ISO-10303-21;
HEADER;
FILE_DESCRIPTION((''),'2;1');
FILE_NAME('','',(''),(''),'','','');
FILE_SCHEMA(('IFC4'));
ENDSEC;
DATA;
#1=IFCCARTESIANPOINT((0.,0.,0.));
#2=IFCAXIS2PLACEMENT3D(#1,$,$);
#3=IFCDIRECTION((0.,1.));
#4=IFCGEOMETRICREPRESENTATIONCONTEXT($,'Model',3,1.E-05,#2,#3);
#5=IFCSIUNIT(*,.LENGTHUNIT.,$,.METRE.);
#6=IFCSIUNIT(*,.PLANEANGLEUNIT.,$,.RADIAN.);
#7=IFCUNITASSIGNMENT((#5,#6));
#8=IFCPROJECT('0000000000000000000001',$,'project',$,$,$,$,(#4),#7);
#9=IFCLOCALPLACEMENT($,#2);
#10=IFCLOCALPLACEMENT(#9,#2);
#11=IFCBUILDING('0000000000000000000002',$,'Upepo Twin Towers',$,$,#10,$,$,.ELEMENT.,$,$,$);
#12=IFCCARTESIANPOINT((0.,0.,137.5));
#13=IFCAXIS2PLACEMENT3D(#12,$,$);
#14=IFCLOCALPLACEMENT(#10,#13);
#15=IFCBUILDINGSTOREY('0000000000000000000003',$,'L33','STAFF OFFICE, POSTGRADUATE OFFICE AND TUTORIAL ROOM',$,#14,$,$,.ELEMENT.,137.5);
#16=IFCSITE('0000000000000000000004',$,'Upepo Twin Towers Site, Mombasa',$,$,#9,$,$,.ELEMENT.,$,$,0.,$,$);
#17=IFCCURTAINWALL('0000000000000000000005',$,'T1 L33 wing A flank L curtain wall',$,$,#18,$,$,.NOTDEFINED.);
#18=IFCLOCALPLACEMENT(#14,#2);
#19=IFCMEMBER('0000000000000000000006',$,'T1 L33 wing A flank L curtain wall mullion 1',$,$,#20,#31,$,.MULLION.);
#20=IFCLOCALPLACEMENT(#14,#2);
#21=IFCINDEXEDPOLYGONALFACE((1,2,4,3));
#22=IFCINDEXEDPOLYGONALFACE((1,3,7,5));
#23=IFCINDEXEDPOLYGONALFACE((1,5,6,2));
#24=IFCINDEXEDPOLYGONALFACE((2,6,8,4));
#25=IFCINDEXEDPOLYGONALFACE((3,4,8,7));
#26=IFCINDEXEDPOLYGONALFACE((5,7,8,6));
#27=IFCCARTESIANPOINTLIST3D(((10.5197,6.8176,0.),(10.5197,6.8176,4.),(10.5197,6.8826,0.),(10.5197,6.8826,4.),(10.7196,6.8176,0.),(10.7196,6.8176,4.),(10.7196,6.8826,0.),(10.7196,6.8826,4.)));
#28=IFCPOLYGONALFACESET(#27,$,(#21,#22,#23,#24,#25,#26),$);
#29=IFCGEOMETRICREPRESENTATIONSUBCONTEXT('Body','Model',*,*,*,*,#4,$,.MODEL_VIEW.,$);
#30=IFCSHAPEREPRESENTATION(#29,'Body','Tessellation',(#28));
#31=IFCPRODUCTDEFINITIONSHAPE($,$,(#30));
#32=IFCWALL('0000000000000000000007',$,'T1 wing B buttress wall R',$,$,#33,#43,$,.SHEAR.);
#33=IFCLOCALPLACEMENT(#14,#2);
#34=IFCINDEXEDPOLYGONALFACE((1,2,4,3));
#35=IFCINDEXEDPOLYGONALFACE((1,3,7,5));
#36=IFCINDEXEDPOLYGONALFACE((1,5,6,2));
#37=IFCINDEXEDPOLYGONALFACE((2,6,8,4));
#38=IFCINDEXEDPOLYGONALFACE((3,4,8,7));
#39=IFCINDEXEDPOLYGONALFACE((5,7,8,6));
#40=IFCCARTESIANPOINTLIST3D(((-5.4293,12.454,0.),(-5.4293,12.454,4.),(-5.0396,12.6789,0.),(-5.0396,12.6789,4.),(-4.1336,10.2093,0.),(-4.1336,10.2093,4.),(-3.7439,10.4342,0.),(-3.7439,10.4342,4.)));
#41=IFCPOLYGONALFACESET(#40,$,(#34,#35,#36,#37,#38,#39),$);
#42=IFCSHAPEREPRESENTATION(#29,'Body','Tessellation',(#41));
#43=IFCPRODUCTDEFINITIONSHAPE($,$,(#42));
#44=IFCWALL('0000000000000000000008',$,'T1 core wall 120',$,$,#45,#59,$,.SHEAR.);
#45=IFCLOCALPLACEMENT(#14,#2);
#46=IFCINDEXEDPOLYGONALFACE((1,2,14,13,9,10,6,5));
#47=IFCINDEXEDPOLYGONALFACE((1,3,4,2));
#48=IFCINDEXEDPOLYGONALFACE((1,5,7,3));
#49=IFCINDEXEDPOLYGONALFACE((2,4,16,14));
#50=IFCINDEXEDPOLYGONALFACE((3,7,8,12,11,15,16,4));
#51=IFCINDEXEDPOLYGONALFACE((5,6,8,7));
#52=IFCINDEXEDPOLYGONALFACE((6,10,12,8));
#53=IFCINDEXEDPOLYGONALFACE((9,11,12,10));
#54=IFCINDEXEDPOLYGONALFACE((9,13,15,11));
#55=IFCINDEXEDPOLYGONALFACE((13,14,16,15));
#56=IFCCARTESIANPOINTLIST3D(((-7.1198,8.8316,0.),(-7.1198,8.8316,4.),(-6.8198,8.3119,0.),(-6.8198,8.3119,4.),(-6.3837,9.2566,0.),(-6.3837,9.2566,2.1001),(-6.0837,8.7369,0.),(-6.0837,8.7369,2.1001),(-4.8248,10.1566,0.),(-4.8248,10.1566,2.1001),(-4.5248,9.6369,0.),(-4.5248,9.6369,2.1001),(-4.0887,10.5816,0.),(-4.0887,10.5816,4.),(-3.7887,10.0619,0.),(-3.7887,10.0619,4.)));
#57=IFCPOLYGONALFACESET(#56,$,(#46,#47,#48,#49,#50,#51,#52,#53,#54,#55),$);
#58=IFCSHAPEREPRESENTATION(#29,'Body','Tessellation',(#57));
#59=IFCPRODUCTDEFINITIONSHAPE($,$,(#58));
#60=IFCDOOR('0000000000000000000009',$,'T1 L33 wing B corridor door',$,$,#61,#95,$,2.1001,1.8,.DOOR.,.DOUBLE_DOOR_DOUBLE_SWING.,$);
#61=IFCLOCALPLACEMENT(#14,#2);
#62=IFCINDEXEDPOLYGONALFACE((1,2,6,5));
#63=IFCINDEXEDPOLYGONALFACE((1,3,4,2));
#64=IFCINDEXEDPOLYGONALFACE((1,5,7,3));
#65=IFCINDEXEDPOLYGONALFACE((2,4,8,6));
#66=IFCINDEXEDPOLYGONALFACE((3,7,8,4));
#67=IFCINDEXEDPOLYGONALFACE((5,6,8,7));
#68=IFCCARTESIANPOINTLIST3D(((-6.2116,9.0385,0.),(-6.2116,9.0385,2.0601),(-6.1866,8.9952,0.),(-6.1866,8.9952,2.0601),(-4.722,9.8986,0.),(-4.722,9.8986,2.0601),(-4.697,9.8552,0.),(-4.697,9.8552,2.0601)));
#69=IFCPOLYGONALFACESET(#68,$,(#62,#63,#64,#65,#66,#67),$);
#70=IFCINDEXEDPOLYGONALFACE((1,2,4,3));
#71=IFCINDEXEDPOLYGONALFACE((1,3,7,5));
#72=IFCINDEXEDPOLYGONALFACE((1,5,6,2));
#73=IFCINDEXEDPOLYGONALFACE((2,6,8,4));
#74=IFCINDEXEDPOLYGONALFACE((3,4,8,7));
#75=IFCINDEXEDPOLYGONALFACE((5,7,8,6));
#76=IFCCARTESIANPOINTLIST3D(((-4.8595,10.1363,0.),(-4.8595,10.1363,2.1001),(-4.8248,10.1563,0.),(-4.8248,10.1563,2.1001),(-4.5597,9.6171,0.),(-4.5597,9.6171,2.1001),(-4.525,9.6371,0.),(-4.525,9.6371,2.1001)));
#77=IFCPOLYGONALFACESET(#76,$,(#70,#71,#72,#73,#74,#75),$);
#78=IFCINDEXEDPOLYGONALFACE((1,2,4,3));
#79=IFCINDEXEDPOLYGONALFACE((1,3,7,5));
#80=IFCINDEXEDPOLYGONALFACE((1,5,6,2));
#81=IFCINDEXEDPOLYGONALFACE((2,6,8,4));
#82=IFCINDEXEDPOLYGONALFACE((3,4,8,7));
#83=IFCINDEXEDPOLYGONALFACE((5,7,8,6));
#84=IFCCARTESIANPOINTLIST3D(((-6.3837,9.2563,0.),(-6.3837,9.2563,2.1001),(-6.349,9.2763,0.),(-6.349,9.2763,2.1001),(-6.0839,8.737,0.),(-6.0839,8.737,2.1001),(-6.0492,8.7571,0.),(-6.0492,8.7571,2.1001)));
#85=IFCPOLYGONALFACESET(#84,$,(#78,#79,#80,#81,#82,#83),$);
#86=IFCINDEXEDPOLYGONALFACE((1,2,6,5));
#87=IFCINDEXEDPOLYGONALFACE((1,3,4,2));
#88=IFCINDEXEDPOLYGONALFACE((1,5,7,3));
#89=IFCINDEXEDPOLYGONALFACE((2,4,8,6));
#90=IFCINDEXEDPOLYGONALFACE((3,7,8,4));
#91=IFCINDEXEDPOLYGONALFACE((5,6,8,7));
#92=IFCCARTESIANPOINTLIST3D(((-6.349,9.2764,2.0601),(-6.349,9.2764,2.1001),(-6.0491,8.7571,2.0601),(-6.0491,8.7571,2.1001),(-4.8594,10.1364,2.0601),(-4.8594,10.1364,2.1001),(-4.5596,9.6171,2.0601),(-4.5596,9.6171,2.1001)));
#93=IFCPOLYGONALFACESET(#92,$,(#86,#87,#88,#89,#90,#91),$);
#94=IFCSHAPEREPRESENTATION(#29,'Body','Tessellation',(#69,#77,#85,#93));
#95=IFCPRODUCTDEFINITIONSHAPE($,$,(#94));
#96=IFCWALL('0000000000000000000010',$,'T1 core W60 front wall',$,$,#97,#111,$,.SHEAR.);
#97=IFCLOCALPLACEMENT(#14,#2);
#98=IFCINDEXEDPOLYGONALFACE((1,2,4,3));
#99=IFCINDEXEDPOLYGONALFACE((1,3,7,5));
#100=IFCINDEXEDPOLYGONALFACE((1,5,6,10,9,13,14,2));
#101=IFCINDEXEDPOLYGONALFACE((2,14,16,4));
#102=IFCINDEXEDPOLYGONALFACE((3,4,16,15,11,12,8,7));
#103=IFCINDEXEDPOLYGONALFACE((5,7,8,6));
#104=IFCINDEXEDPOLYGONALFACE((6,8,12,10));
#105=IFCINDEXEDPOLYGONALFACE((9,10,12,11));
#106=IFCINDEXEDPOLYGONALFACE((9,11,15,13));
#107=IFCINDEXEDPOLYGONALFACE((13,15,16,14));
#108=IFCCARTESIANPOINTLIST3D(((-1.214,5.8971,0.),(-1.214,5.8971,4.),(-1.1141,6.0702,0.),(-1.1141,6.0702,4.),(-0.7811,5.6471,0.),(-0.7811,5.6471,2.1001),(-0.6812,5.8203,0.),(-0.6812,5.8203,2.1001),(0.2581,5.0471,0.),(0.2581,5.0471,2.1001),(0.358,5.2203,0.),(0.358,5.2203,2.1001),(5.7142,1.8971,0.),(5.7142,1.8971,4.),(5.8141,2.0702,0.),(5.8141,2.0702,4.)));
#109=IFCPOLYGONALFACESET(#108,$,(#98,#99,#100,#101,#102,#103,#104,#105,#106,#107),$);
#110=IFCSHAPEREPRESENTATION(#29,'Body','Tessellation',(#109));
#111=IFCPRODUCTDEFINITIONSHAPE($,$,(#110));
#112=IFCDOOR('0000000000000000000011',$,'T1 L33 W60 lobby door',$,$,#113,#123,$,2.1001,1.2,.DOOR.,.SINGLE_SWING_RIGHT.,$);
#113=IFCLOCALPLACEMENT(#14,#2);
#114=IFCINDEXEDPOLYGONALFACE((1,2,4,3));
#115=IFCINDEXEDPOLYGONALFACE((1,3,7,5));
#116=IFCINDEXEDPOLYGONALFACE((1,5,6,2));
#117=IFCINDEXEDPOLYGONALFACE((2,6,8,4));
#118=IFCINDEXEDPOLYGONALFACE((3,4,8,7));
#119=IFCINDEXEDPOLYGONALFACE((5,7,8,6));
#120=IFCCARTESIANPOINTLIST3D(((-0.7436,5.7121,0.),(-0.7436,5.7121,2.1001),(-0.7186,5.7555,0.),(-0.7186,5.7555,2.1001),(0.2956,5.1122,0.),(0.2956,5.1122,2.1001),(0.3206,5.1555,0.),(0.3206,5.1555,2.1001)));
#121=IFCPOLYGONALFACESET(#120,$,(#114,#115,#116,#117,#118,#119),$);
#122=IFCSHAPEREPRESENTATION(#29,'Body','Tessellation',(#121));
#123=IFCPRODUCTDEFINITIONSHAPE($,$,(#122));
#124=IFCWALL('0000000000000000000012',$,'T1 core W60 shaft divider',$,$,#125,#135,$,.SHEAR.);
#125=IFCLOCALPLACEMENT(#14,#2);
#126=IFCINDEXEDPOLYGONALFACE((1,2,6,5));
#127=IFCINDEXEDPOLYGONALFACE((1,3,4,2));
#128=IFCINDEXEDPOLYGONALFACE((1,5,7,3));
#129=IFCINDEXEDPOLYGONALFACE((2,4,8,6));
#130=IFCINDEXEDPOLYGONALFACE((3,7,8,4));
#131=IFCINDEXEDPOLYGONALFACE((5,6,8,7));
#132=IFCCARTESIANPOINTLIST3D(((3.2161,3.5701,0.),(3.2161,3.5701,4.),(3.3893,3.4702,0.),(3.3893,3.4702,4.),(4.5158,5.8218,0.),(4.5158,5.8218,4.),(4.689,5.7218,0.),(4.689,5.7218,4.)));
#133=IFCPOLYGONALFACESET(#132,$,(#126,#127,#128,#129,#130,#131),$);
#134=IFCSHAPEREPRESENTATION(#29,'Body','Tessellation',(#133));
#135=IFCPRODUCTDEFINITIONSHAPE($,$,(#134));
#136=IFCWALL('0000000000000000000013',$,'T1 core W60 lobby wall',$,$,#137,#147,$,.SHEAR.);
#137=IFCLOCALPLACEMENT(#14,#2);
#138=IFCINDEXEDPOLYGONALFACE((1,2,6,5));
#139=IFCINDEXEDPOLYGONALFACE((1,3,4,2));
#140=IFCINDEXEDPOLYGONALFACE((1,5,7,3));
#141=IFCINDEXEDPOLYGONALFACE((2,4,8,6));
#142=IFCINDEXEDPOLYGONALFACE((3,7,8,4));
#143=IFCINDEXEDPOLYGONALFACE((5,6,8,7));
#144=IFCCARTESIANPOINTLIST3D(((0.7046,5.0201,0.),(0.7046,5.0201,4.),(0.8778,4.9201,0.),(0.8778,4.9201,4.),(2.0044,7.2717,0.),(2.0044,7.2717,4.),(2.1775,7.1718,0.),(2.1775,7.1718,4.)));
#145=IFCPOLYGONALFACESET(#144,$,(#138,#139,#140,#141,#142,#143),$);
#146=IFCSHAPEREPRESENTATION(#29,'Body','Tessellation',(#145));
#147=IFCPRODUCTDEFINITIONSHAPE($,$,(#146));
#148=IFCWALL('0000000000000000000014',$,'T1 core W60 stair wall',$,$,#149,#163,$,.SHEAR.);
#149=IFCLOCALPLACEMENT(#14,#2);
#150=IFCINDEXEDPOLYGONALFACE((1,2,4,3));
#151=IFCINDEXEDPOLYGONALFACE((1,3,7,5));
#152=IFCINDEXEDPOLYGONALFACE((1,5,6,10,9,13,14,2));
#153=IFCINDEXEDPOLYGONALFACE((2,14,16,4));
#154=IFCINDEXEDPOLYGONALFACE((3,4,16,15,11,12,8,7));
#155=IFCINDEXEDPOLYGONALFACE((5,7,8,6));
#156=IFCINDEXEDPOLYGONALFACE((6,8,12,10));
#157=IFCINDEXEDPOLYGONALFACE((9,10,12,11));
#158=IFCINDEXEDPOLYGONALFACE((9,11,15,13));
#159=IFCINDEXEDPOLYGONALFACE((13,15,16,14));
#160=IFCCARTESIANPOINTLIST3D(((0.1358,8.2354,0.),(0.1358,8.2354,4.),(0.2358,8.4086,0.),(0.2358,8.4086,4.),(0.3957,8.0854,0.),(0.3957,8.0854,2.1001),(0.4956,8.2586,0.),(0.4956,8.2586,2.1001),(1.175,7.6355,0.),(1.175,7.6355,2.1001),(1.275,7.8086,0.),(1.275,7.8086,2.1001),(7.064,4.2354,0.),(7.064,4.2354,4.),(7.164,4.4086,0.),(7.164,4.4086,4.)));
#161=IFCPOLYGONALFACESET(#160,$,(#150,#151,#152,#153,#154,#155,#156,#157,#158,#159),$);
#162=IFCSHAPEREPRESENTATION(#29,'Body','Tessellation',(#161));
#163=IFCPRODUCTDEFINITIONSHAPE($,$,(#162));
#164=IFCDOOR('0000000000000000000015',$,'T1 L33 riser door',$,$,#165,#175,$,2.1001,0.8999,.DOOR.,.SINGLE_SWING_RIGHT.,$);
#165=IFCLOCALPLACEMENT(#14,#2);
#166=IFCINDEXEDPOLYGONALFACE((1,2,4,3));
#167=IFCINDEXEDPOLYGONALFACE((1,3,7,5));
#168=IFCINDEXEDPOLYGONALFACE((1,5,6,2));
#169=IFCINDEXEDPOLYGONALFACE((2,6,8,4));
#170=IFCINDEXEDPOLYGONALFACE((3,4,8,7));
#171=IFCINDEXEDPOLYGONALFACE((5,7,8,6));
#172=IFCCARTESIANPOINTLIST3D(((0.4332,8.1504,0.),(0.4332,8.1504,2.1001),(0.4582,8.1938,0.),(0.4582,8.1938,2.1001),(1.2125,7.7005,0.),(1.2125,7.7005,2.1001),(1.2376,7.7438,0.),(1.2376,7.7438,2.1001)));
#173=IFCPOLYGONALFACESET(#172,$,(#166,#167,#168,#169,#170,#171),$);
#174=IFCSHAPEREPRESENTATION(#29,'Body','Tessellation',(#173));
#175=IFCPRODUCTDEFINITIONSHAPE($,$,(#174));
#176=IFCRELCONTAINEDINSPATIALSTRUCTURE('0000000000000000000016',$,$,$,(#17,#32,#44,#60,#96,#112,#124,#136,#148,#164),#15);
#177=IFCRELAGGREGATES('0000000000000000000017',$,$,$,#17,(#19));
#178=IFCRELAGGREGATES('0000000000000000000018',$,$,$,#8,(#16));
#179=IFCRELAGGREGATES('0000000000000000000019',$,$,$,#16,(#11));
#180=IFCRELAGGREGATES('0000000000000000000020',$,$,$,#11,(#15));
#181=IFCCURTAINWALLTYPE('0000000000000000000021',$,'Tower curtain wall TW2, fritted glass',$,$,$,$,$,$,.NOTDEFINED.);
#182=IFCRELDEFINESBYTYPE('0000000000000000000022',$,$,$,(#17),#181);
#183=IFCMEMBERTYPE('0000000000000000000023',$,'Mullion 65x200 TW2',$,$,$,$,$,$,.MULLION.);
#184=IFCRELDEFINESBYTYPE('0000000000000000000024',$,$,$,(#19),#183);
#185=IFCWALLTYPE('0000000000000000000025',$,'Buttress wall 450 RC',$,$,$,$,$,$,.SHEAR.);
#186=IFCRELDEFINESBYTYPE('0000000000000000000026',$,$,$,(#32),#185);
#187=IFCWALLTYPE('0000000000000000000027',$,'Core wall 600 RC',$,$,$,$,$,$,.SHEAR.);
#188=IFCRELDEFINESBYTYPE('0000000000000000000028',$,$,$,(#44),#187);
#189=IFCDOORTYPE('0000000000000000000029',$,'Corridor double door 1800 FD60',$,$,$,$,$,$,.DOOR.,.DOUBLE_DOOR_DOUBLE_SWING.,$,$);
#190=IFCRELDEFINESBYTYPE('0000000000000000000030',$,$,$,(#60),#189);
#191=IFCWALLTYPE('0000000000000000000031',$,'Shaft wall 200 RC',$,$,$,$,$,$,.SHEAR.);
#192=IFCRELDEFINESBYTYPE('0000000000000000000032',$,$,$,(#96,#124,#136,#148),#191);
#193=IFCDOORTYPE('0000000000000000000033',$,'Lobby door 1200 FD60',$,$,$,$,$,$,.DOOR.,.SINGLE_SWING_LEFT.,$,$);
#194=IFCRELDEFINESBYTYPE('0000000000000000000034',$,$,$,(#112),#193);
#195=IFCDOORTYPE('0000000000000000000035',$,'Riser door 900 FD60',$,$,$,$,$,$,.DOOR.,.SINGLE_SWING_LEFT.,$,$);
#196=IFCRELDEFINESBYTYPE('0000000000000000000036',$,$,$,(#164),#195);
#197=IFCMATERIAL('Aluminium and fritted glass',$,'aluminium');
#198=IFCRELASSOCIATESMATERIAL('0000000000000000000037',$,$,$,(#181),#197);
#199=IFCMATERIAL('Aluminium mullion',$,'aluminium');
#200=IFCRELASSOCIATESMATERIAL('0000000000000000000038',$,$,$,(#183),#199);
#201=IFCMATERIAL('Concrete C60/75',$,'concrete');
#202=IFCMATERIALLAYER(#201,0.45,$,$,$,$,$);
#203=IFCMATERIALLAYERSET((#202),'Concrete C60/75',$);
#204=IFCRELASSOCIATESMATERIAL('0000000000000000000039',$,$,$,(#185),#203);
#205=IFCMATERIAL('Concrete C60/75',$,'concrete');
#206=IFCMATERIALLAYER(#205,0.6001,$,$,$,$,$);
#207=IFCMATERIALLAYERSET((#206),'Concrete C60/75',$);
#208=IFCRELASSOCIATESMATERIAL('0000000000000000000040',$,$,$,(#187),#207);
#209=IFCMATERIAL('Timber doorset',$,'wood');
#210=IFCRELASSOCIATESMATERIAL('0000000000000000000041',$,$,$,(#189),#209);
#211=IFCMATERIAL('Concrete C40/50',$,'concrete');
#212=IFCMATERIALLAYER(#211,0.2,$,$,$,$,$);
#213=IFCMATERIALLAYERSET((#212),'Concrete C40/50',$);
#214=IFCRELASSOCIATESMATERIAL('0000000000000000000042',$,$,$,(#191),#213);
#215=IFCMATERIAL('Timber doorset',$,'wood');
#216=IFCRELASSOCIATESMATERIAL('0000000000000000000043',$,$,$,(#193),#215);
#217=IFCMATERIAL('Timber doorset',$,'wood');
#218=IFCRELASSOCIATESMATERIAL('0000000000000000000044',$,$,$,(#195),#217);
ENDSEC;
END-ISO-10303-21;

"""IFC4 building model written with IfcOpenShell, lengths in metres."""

from ifc_helpers import new_model, si_unit, direction, frame, frame_2d, origin, origin_2d, place, context, subcontext, project, spatial, rectangle, extrude, material, layer, layer_set, material_profile, profile_set, type_object, element, fill, aggregate, save


model = new_model("IFC4")

# Units and contexts
model_context = context("Model", 3, precision=1e-05, world=origin(), true_north=direction((0.0, 1.0)))
body_context = subcontext(model_context, "Body", "Model", "MODEL_VIEW")
ifc_project = project(units=[si_unit("LENGTHUNIT", "METRE"), si_unit("PLANEANGLEUNIT", "RADIAN")], contexts=[model_context])

# Site, building, storey
site_placement = place(None, origin())
site = spatial("IfcSite", under=ifc_project, at=site_placement, Name="Upepo Twin Towers Site, Mombasa", CompositionType="ELEMENT", RefElevation=0.0)
building_placement = place(site_placement, origin())
building = spatial("IfcBuilding", under=site, at=building_placement, Name="Upepo Twin Towers", CompositionType="ELEMENT")
storey_placement = place(building_placement, frame((0.0, 0.0, 137.5)))
storey = spatial("IfcBuildingStorey", under=building, at=storey_placement, Name="L33", Description="STAFF OFFICE, POSTGRADUATE OFFICE AND TUTORIAL ROOM", CompositionType="ELEMENT", Elevation=137.5)

# Curtain wall, member
ifc_material_1 = material(Name="Aluminium and fritted glass", Category="aluminium")
curtain_wall_type = type_object("IfcCurtainWallType", Name="Tower curtain wall TW2, fritted glass", PredefinedType="NOTDEFINED", material=ifc_material_1)
curtain_wall_placement = place(storey_placement, origin())
curtain_wall = element("IfcCurtainWall", 1, at=curtain_wall_placement, inside=storey, type_object=curtain_wall_type, Name="T1 L33 wing A flank L curtain wall", PredefinedType="NOTDEFINED")
ifc_material_2 = material(Name="Aluminium mullion", Category="aluminium")
ifc_material_profile = material_profile(ifc_material_2, rectangle(XDim=0.0649, YDim=0.2, at=origin_2d()), Name="MULLION 65x200")
ifc_profile_set = profile_set([ifc_material_profile], Name="Aluminium mullion")
member_type = type_object("IfcMemberType", Name="Mullion 65x200 TW2", PredefinedType="MULLION", material=ifc_profile_set)
member_placement = place(storey_placement, frame((10.6196, 6.8501, 0.0), z_axis=(0.0, 0.0, 1.0), x_axis=(0.0, 1.0, 0.0)))
member = element("IfcMember", 2, at=member_placement, type_object=member_type, Name="T1 L33 wing A flank L curtain wall mullion 1", PredefinedType="MULLION", context=body_context, shape_type="SweptSolid", body=[
    extrude(rectangle(XDim=0.0649, YDim=0.2, at=origin_2d()), origin(), (0.0, 0.0, 1.0), 4.0),
])
aggregate(curtain_wall, [member])

# Wall
ifc_material_3 = material(Name="Concrete C60/75", Category="concrete")
ifc_layer_1 = layer(ifc_material_3, 0.45)
ifc_layer_set_1 = layer_set([ifc_layer_1], Name="Concrete C60/75")
wall_type_1 = type_object("IfcWallType", Name="Buttress wall 450 RC", PredefinedType="SHEAR", material=ifc_layer_set_1)
wall_1_placement = place(storey_placement, frame((-3.9387, 10.3218, 0.0), z_axis=(0.0, 0.0, 1.0), x_axis=(-0.499918, 0.866073, 0.0)))
element("IfcWall", 3, at=wall_1_placement, inside=storey, type_object=wall_type_1, Name="T1 wing B buttress wall R", PredefinedType="SHEAR", context=body_context, shape_type="SweptSolid", body=[
    extrude(rectangle(XDim=2.5918, YDim=0.45, at=frame_2d((1.2959, 0.0))), origin(), (0.0, 0.0, 1.0), 4.0),
])

# Walls, openings, doors
ifc_material_4 = material(Name="Concrete C60/75", Category="concrete")
ifc_layer_2 = layer(ifc_material_4, 0.6001)
ifc_layer_set_2 = layer_set([ifc_layer_2], Name="Concrete C60/75")
wall_type_2 = type_object("IfcWallType", Name="Core wall 600 RC", PredefinedType="SHEAR", material=ifc_layer_set_2)
wall_2_placement = place(storey_placement, frame((-3.9387, 10.3218, 0.0), z_axis=(0.0, 0.0, 1.0), x_axis=(-0.866019, -0.50001, 0.0)))
wall_2 = element("IfcWall", 4, at=wall_2_placement, inside=storey, type_object=wall_type_2, Name="T1 core wall 120", PredefinedType="SHEAR", context=body_context, shape_type="SweptSolid", body=[
    extrude(rectangle(XDim=3.5, YDim=0.6001, at=frame_2d((1.75, 0.0))), origin(), (0.0, 0.0, 1.0), 4.0),
])
opening_1_placement = place(wall_2_placement, frame((0.8501, 0.0, 0.0)))
opening_1 = element("IfcOpeningElement", 5, at=opening_1_placement, cuts=wall_2, PredefinedType="OPENING", context=body_context, shape_type="SweptSolid", body=[
    extrude(rectangle(XDim=1.8, YDim=2.1001, at=frame_2d((0.8999, 1.05))), frame((0.0, 0.3101, 0.0), z_axis=(0.0, -1.0, 0.0), x_axis=(1.0, 0.0, 0.0)), (0.0, 0.0, 1.0), 0.6201),
])
ifc_material_5 = material(Name="Timber doorset", Category="wood")
door_type_1 = type_object("IfcDoorType", Name="Corridor double door 1800 FD60", OperationType="DOUBLE_DOOR_DOUBLE_SWING", PredefinedType="DOOR", material=ifc_material_5)
door_1_placement = place(opening_1_placement, origin())
door_1 = element("IfcDoor", 6, at=door_1_placement, inside=storey, type_object=door_type_1, Name="T1 L33 wing B corridor door", OperationType="DOUBLE_DOOR_DOUBLE_SWING", OverallHeight=2.1001, OverallWidth=1.8, PredefinedType="DOOR", context=body_context, shape_type="SweptSolid", body=[
    extrude(rectangle(XDim=1.72, YDim=2.0601, at=frame_2d((0.8999, 1.03))), frame((0.0, 0.0249, 0.0), z_axis=(0.0, -1.0, 0.0), x_axis=(1.0, 0.0, 0.0)), (0.0, 0.0, 1.0), 0.05),
    extrude(rectangle(XDim=0.04, YDim=2.1001, at=frame_2d((0.02, 1.05))), frame((0.0, 0.2998, 0.0), z_axis=(0.0, -1.0, 0.0), x_axis=(1.0, 0.0, 0.0)), (0.0, 0.0, 1.0), 0.5996),
    extrude(rectangle(XDim=0.04, YDim=2.1001, at=frame_2d((1.78, 1.05))), frame((0.0, 0.2998, 0.0), z_axis=(0.0, -1.0, 0.0), x_axis=(1.0, 0.0, 0.0)), (0.0, 0.0, 1.0), 0.5996),
    extrude(rectangle(XDim=1.72, YDim=0.04, at=frame_2d((0.8999, 2.0801))), frame((0.0, 0.2998, 0.0), z_axis=(0.0, -1.0, 0.0), x_axis=(1.0, 0.0, 0.0)), (0.0, 0.0, 1.0), 0.5996),
])
fill(opening_1, door_1)
ifc_material_6 = material(Name="Concrete C40/50", Category="concrete")
ifc_layer_3 = layer(ifc_material_6, 0.2)
ifc_layer_set_3 = layer_set([ifc_layer_3], Name="Concrete C40/50")
wall_type_3 = type_object("IfcWallType", Name="Shaft wall 200 RC", PredefinedType="SHEAR", material=ifc_layer_set_3)
wall_3_placement = place(storey_placement, frame((5.7642, 1.9836, 0.0), z_axis=(0.0, 0.0, 1.0), x_axis=(-0.866026, 0.499999, 0.0)))
wall_3 = element("IfcWall", 7, at=wall_3_placement, inside=storey, type_object=wall_type_3, Name="T1 core W60 front wall", PredefinedType="SHEAR", context=body_context, shape_type="SweptSolid", body=[
    extrude(rectangle(XDim=8.0, YDim=0.2, at=frame_2d((4.0, 0.0))), origin(), (0.0, 0.0, 1.0), 4.0),
])
opening_2_placement = place(wall_3_placement, frame((6.3, 0.0, 0.0)))
opening_2 = element("IfcOpeningElement", 8, at=opening_2_placement, cuts=wall_3, PredefinedType="OPENING", context=body_context, shape_type="SweptSolid", body=[
    extrude(rectangle(XDim=1.2, YDim=2.1001, at=frame_2d((0.6001, 1.05))), frame((0.0, 0.1099, 0.0), z_axis=(0.0, -1.0, 0.0), x_axis=(1.0, 0.0, 0.0)), (0.0, 0.0, 1.0), 0.22),
])
ifc_material_7 = material(Name="Timber doorset", Category="wood")
door_type_2 = type_object("IfcDoorType", Name="Lobby door 1200 FD60", OperationType="SINGLE_SWING_LEFT", PredefinedType="DOOR", material=ifc_material_7)
door_2_placement = place(opening_2_placement, origin())
door_2 = element("IfcDoor", 9, at=door_2_placement, inside=storey, type_object=door_type_2, Name="T1 L33 W60 lobby door", OperationType="SINGLE_SWING_RIGHT", OverallHeight=2.1001, OverallWidth=1.2, PredefinedType="DOOR", context=body_context, shape_type="SweptSolid", body=[
    extrude(rectangle(XDim=1.2, YDim=2.1001, at=frame_2d((0.6001, 1.05))), frame((0.0, 0.0249, 0.0), z_axis=(0.0, -1.0, 0.0), x_axis=(1.0, 0.0, 0.0)), (0.0, 0.0, 1.0), 0.05),
])
fill(opening_2, door_2)

# Walls
for number, where, z_axis, x_axis, name in (
    (10, (3.3027, 3.5203, 0.0), (0.0, 0.0, 1.0), (0.499937, 0.866062, 0.0), "T1 core W60 shaft divider"),
    (11, (0.7913, 4.9702, 0.0), (0.0, 0.0, 1.0), (0.499937, 0.866062, 0.0), "T1 core W60 lobby wall"),
):
    element("IfcWall", number, at=place(storey_placement, frame(where, z_axis=z_axis, x_axis=x_axis)), inside=storey, type_object=wall_type_3, Name=name, PredefinedType="SHEAR", context=body_context, shape_type="SweptSolid", body=[
        extrude(rectangle(XDim=2.5999, YDim=0.2, at=frame_2d((1.2998, 0.0))), origin(), (0.0, 0.0, 1.0), 4.0),
    ])

# Wall, opening, door
wall_4_placement = place(storey_placement, frame((7.114, 4.322, 0.0), z_axis=(0.0, 0.0, 1.0), x_axis=(-0.866026, 0.499999, 0.0)))
wall_4 = element("IfcWall", 12, at=wall_4_placement, inside=storey, type_object=wall_type_3, Name="T1 core W60 stair wall", PredefinedType="SHEAR", context=body_context, shape_type="SweptSolid", body=[
    extrude(rectangle(XDim=8.0, YDim=0.2, at=frame_2d((4.0, 0.0))), origin(), (0.0, 0.0, 1.0), 4.0),
])
opening_3_placement = place(wall_4_placement, frame((6.8, 0.0, 0.0)))
opening_3 = element("IfcOpeningElement", 13, at=opening_3_placement, cuts=wall_4, PredefinedType="OPENING", context=body_context, shape_type="SweptSolid", body=[
    extrude(rectangle(XDim=0.8999, YDim=2.1001, at=frame_2d((0.45, 1.05))), frame((0.0, 0.1099, 0.0), z_axis=(0.0, -1.0, 0.0), x_axis=(1.0, 0.0, 0.0)), (0.0, 0.0, 1.0), 0.22),
])
ifc_material_8 = material(Name="Timber doorset", Category="wood")
door_type_3 = type_object("IfcDoorType", Name="Riser door 900 FD60", OperationType="SINGLE_SWING_LEFT", PredefinedType="DOOR", material=ifc_material_8)
door_3_placement = place(opening_3_placement, origin())
door_3 = element("IfcDoor", 14, at=door_3_placement, inside=storey, type_object=door_type_3, Name="T1 L33 riser door", OperationType="SINGLE_SWING_RIGHT", OverallHeight=2.1001, OverallWidth=0.8999, PredefinedType="DOOR", context=body_context, shape_type="SweptSolid", body=[
    extrude(rectangle(XDim=0.8999, YDim=2.1001, at=frame_2d((0.45, 1.05))), frame((0.0, 0.0249, 0.0), z_axis=(0.0, -1.0, 0.0), x_axis=(1.0, 0.0, 0.0)), (0.0, 0.0, 1.0), 0.05),
])
fill(opening_3, door_3)

save(model, "model.ifc")
